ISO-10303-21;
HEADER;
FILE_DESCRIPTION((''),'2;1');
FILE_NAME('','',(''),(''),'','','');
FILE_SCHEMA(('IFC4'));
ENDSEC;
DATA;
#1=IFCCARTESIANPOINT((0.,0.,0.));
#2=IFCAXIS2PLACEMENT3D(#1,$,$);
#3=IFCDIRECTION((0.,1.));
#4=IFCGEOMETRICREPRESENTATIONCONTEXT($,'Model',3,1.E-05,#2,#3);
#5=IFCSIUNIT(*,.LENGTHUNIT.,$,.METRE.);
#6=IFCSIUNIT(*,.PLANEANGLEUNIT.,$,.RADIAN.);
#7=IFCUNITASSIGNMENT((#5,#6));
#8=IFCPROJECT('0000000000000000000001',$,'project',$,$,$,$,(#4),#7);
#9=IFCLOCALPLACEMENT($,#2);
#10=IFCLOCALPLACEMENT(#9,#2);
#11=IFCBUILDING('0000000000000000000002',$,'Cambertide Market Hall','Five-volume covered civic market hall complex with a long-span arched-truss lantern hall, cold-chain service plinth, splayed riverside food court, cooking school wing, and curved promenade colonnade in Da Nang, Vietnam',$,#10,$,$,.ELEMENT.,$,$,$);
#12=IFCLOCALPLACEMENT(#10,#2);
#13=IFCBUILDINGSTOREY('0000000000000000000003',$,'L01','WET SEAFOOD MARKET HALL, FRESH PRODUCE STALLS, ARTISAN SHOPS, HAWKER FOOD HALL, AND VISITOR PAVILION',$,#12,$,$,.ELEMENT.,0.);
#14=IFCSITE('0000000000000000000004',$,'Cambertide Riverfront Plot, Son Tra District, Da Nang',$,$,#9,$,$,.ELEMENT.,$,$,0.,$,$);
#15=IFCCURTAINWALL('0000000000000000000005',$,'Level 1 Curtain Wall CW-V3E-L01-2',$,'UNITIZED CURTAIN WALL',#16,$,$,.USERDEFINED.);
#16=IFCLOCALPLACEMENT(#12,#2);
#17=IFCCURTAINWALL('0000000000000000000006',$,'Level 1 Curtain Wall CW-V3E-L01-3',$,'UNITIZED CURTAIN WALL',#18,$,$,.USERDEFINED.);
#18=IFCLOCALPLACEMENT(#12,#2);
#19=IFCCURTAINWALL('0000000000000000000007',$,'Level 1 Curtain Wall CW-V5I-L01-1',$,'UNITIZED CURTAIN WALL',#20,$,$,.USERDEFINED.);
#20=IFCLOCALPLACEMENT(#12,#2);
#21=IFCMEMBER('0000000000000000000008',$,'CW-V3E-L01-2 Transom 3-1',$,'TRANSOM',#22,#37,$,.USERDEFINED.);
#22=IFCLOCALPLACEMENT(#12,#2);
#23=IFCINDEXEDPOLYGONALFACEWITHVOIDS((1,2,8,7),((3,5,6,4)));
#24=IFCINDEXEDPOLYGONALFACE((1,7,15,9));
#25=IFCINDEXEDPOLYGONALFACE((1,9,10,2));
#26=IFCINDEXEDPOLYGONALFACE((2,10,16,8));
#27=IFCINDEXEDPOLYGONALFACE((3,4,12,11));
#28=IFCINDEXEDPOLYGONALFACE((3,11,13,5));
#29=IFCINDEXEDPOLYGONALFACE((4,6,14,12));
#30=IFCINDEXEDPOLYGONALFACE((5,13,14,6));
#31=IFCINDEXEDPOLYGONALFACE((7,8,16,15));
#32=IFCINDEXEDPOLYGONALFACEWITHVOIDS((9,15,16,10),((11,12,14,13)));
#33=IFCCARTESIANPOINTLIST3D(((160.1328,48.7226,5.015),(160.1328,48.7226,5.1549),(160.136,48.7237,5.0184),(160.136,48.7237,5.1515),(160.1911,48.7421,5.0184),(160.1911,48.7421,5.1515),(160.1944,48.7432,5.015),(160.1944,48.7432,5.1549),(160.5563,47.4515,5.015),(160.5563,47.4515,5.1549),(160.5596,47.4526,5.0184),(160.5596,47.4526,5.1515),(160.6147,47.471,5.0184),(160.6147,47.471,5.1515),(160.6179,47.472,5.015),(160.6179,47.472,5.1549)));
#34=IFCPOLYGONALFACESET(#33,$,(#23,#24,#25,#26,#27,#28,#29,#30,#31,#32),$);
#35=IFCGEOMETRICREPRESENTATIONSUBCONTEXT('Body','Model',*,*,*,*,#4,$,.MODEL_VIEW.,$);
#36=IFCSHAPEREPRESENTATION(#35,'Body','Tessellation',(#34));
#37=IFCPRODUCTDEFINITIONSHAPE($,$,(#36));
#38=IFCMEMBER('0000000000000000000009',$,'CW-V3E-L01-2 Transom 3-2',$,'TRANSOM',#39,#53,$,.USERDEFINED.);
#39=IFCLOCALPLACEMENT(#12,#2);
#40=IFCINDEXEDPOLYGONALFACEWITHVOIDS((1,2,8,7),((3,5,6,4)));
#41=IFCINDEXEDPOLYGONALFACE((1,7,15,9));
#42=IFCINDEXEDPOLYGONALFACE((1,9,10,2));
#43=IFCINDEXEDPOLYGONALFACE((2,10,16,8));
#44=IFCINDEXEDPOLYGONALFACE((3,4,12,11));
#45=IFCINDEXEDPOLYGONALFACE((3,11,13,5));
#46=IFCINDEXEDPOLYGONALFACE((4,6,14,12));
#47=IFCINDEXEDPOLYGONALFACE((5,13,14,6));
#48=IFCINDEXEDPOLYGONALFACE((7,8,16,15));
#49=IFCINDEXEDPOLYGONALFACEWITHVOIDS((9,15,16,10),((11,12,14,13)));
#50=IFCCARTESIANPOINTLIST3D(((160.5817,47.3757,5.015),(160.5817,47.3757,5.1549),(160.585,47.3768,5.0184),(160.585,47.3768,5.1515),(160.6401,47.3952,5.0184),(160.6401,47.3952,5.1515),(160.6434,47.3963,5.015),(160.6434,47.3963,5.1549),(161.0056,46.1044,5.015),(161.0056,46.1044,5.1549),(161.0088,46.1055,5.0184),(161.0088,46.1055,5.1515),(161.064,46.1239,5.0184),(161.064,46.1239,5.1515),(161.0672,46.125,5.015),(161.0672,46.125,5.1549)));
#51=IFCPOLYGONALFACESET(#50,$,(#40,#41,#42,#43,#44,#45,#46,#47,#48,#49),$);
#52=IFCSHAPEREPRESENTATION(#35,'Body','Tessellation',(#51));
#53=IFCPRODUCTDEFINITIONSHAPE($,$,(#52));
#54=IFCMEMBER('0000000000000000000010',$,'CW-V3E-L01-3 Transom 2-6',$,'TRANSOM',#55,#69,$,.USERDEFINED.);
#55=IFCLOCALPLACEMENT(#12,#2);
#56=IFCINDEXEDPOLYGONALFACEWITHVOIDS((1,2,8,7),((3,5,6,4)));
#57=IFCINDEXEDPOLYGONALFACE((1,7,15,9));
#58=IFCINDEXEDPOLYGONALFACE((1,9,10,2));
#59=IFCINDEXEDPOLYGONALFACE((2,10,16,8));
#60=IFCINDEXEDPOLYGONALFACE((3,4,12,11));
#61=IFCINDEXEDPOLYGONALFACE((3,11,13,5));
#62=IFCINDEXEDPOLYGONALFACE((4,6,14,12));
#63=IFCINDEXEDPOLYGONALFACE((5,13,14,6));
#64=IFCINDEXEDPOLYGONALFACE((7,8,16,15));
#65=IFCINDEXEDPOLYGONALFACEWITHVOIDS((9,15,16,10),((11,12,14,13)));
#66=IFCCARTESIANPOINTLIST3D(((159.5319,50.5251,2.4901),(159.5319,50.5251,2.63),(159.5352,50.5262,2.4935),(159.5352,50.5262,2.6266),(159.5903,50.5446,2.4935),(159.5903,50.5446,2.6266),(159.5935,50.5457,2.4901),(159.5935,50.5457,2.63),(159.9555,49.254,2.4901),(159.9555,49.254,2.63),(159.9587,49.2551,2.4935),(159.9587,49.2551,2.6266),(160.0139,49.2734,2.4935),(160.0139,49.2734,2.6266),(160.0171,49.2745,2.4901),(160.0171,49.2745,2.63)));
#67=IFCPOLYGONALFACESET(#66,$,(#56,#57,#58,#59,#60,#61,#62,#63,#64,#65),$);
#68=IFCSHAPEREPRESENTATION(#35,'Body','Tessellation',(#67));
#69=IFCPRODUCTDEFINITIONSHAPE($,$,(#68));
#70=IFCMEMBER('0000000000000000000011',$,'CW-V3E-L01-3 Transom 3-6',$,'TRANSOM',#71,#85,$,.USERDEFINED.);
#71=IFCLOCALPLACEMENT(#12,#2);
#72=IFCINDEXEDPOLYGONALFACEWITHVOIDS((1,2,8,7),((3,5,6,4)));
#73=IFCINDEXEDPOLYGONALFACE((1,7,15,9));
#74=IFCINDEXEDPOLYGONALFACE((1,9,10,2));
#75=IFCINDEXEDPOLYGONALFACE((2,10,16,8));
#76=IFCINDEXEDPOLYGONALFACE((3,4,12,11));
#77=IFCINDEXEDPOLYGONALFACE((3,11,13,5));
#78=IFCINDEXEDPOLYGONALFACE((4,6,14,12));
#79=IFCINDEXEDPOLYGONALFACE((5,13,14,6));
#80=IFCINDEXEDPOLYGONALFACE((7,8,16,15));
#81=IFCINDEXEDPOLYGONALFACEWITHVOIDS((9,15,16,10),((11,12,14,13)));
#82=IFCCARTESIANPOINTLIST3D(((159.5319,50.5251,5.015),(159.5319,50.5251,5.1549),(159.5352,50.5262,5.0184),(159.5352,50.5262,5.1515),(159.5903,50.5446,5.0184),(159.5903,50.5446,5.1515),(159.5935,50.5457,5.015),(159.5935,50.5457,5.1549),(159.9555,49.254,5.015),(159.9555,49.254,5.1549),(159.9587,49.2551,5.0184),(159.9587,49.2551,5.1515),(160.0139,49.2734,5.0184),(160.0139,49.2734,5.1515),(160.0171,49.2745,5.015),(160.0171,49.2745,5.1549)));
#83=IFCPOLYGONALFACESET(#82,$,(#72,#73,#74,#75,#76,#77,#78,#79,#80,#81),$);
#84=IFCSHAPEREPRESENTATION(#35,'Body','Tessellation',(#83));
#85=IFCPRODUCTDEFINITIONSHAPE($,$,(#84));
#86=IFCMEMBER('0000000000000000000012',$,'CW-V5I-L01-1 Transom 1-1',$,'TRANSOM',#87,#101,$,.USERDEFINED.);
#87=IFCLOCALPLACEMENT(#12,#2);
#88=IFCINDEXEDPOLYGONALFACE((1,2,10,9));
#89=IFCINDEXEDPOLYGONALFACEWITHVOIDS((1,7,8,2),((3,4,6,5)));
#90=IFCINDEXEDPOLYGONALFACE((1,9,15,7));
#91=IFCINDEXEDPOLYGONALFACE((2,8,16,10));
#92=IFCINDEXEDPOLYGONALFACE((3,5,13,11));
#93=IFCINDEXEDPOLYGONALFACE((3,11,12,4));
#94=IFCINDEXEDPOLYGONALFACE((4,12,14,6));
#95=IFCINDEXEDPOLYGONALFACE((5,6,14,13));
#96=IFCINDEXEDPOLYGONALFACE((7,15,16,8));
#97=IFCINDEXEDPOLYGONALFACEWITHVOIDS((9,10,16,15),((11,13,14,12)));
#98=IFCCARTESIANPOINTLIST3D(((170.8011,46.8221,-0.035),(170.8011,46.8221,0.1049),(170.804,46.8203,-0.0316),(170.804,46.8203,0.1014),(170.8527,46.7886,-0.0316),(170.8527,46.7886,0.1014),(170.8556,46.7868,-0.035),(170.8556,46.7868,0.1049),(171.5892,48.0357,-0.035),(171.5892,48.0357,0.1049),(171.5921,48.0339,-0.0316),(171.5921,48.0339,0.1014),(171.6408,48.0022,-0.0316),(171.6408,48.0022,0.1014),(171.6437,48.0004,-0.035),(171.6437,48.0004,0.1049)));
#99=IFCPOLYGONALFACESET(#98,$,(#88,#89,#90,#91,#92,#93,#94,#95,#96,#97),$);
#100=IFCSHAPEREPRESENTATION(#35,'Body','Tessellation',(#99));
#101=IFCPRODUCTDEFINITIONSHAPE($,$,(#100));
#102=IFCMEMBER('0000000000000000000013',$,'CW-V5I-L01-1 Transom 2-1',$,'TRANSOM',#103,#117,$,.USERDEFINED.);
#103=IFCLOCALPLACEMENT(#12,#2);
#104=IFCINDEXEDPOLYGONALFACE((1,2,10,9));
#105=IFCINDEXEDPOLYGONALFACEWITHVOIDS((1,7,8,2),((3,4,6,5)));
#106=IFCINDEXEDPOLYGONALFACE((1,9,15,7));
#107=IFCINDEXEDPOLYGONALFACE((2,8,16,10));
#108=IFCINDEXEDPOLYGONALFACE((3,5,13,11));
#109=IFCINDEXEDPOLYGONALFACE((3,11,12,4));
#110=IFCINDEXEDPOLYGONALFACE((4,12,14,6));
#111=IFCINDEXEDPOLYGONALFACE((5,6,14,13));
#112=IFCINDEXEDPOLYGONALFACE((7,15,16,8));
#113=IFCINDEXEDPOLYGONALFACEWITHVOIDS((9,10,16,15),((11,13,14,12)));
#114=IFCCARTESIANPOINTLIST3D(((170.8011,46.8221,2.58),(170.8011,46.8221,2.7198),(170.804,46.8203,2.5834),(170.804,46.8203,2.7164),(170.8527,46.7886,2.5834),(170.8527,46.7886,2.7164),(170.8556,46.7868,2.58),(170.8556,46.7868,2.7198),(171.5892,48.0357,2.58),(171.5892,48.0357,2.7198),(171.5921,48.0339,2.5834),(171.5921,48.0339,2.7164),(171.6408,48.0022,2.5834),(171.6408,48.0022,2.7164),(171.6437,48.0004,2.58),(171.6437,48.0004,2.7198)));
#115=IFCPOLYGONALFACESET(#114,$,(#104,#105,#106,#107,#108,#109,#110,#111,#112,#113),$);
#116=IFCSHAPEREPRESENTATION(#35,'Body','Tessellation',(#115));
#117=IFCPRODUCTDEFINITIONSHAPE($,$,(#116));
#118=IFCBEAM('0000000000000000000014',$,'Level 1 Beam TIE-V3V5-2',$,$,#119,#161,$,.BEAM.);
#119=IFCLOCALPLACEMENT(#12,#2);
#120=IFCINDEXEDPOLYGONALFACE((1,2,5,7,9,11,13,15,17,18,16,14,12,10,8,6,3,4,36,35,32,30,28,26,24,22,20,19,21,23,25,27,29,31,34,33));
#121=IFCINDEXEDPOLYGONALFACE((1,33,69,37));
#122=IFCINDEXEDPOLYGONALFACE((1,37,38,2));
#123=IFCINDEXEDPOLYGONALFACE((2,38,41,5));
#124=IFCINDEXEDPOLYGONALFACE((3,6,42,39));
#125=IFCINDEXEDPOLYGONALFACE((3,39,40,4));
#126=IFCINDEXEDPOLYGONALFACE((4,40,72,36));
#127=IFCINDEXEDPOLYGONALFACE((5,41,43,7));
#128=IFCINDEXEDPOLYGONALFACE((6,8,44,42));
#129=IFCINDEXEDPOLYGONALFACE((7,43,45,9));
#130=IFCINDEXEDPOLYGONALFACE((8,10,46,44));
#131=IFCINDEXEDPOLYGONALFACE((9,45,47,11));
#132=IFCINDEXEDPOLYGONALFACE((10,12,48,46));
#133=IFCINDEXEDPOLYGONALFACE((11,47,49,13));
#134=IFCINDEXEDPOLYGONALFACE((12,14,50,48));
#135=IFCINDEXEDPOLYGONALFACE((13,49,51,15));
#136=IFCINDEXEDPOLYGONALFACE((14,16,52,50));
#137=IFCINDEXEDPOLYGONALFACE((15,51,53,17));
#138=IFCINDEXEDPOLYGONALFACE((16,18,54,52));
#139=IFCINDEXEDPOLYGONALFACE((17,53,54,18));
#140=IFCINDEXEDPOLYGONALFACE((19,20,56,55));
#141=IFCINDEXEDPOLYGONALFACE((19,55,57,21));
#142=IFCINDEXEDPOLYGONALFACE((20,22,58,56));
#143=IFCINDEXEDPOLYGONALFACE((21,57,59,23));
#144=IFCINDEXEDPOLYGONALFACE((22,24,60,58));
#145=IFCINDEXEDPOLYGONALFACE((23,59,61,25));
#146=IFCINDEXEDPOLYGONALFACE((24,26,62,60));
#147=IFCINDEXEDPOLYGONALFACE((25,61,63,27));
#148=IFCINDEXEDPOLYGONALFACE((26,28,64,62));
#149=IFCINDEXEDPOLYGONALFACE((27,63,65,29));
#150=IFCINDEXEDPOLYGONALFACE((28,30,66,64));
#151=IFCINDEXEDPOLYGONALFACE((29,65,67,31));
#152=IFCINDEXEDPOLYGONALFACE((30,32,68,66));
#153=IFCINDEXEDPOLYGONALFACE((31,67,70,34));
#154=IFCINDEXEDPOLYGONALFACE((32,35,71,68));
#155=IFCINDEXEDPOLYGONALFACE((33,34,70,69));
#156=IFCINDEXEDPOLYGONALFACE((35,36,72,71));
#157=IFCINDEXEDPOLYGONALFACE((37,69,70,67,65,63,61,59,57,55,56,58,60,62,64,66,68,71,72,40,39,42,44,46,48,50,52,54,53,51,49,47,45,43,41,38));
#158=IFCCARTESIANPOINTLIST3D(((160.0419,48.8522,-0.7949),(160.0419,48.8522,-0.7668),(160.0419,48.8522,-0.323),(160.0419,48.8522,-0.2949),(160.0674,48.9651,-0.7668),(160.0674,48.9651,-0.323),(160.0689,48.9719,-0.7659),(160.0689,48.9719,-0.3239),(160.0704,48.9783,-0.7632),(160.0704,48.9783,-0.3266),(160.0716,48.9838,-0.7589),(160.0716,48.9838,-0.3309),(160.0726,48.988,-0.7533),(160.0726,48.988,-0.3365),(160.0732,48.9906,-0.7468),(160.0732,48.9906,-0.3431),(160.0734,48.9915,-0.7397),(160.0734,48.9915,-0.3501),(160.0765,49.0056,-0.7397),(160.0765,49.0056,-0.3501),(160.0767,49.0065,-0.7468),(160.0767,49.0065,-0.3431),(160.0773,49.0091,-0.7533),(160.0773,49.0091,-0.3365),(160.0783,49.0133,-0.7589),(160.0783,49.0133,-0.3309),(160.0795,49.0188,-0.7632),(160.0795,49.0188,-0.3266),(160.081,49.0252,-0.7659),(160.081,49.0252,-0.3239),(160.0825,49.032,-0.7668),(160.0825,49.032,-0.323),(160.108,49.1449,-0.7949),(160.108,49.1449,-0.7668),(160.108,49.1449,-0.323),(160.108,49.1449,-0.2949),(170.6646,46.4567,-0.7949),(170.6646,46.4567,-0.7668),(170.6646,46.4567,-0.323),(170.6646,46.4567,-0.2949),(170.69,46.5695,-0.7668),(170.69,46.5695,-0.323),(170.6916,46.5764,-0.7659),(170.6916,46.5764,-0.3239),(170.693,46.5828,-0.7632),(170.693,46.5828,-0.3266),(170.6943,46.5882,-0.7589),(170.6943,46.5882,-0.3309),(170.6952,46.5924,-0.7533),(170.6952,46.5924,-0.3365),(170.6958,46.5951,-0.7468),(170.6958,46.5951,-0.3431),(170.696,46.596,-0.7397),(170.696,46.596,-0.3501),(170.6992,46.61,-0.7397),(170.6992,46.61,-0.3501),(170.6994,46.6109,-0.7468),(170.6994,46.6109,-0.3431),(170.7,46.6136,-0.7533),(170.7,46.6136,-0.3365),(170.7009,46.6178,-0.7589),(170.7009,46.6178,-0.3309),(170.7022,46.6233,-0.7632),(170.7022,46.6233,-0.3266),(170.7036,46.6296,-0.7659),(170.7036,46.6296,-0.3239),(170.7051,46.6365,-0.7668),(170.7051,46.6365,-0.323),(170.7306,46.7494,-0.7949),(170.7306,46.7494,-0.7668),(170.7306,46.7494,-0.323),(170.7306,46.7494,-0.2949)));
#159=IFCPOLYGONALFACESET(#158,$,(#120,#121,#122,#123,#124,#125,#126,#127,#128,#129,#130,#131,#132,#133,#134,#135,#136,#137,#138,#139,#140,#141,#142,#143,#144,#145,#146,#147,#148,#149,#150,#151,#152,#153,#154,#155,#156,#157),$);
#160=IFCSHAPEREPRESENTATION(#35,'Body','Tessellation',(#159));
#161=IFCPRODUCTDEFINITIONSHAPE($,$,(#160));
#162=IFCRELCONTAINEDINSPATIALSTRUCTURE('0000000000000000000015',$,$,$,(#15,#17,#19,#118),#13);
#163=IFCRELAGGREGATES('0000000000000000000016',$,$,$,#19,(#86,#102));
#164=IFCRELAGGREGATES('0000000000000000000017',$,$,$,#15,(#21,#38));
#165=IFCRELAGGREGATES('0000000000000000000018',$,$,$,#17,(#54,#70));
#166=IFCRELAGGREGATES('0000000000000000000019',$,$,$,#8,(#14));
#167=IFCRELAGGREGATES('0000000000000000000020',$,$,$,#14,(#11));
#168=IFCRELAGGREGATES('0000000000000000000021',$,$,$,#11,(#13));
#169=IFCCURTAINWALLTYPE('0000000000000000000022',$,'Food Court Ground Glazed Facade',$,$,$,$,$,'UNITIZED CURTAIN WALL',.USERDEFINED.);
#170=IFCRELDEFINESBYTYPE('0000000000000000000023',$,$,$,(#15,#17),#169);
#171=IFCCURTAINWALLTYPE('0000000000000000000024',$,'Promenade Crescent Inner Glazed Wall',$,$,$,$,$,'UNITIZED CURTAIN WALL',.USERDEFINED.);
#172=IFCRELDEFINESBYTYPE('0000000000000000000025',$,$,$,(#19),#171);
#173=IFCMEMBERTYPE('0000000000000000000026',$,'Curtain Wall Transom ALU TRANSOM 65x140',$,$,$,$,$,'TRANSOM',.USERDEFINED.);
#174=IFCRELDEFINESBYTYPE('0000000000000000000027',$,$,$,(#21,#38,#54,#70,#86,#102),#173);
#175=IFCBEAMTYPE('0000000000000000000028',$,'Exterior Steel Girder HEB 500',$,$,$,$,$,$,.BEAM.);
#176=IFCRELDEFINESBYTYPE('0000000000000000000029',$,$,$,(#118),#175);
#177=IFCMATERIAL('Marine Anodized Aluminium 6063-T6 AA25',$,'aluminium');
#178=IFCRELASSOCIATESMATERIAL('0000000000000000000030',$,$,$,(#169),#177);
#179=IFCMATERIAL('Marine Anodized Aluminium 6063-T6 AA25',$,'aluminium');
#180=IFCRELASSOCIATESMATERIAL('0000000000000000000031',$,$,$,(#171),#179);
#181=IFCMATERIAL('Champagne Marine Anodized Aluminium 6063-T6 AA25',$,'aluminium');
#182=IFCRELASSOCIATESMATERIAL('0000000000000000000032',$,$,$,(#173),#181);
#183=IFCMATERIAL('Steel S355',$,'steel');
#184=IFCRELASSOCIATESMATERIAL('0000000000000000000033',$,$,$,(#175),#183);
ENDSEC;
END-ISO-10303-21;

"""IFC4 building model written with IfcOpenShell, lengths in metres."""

from ifc_helpers import new_model, si_unit, direction, frame, origin, origin_2d, place, context, subcontext, project, spatial, hollow_rectangle, i_section, extrude, material, material_profile, profile_set, type_object, element, aggregate, save


model = new_model("IFC4")

# Units and contexts
model_context = context("Model", 3, precision=1e-05, world=origin(), true_north=direction((0.0, 1.0)))
body_context = subcontext(model_context, "Body", "Model", "MODEL_VIEW")
ifc_project = project(units=[si_unit("LENGTHUNIT", "METRE"), si_unit("PLANEANGLEUNIT", "RADIAN")], contexts=[model_context])

# Site, building, storey
site_placement = place(None, origin())
site = spatial("IfcSite", under=ifc_project, at=site_placement, Name="Cambertide Riverfront Plot, Son Tra District, Da Nang", CompositionType="ELEMENT", RefElevation=0.0)
building_placement = place(site_placement, origin())
building = spatial("IfcBuilding", under=site, at=building_placement, Name="Cambertide Market Hall", Description="Five-volume covered civic market hall complex with a long-span arched-truss lantern hall, cold-chain service plinth, splayed riverside food court, cooking school wing, and curved promenade colonnade in Da Nang, Vietnam", CompositionType="ELEMENT")
storey_placement = place(building_placement, origin())
storey = spatial("IfcBuildingStorey", under=building, at=storey_placement, Name="L01", Description="WET SEAFOOD MARKET HALL, FRESH PRODUCE STALLS, ARTISAN SHOPS, HAWKER FOOD HALL, AND VISITOR PAVILION", CompositionType="ELEMENT", Elevation=0.0)

# Curtain wall
ifc_material_1 = material(Name="Marine Anodized Aluminium 6063-T6 AA25", Category="aluminium")
curtain_wall_type_1 = type_object("IfcCurtainWallType", Name="Food Court Ground Glazed Facade", ElementType="UNITIZED CURTAIN WALL", PredefinedType="USERDEFINED", material=ifc_material_1)
curtain_wall_1_placement = place(storey_placement, origin())
curtain_wall_1 = element("IfcCurtainWall", 1, at=curtain_wall_1_placement, inside=storey, type_object=curtain_wall_type_1, Name="Level 1 Curtain Wall CW-V3E-L01-2", ObjectType="UNITIZED CURTAIN WALL", PredefinedType="USERDEFINED")

# Curtain walls
curtain_wall_2_placement = place(storey_placement, origin())
curtain_wall_2 = element("IfcCurtainWall", 2, at=curtain_wall_2_placement, inside=storey, type_object=curtain_wall_type_1, Name="Level 1 Curtain Wall CW-V3E-L01-3", ObjectType="UNITIZED CURTAIN WALL", PredefinedType="USERDEFINED")
ifc_material_2 = material(Name="Marine Anodized Aluminium 6063-T6 AA25", Category="aluminium")
curtain_wall_type_2 = type_object("IfcCurtainWallType", Name="Promenade Crescent Inner Glazed Wall", ElementType="UNITIZED CURTAIN WALL", PredefinedType="USERDEFINED", material=ifc_material_2)
curtain_wall_3_placement = place(storey_placement, origin())
curtain_wall_3 = element("IfcCurtainWall", 3, at=curtain_wall_3_placement, inside=storey, type_object=curtain_wall_type_2, Name="Level 1 Curtain Wall CW-V5I-L01-1", ObjectType="UNITIZED CURTAIN WALL", PredefinedType="USERDEFINED")

# Members
ifc_material_3 = material(Name="Champagne Marine Anodized Aluminium 6063-T6 AA25", Category="aluminium")
ifc_material_profile_1 = material_profile(ifc_material_3, hollow_rectangle(XDim=0.0649, YDim=0.1399, WallThickness=0.0034, at=origin_2d()), Name="ALU TRANSOM 65x140")
ifc_profile_set_1 = profile_set([ifc_material_profile_1], Name="Champagne Marine Anodized Aluminium 6063-T6 AA25")
member_type_1 = type_object("IfcMemberType", Name="Curtain Wall Transom ALU TRANSOM 65x140", ElementType="TRANSOM", PredefinedType="USERDEFINED", material=ifc_profile_set_1)
member_1_placement = place(storey_placement, frame((160.1636, 48.7329, 5.085), z_axis=(0.316118, -0.94872, 0.0), x_axis=(0.94872, 0.316118, 0.0)))
member_1 = element("IfcMember", 4, at=member_1_placement, type_object=member_type_1, Name="CW-V3E-L01-2 Transom 3-1", ObjectType="TRANSOM", PredefinedType="USERDEFINED", context=body_context, shape_type="SweptSolid", body=[
    extrude(hollow_rectangle(XDim=0.0649, YDim=0.1399, WallThickness=0.0034, at=origin_2d()), origin(), (0.0, 0.0, 1.0), 1.3398),
])
member_2_placement = place(storey_placement, frame((160.6125, 47.386, 5.085), z_axis=(0.316282, -0.948665, 0.0), x_axis=(0.948665, 0.316282, 0.0)))
member_2 = element("IfcMember", 5, at=member_2_placement, type_object=member_type_1, Name="CW-V3E-L01-2 Transom 3-2", ObjectType="TRANSOM", PredefinedType="USERDEFINED", context=body_context, shape_type="SweptSolid", body=[
    extrude(hollow_rectangle(XDim=0.0649, YDim=0.1399, WallThickness=0.0034, at=origin_2d()), origin(), (0.0, 0.0, 1.0), 1.3401),
])
member_3_placement = place(storey_placement, frame((159.5627, 50.5354, 2.5601), z_axis=(0.316118, -0.94872, 0.0), x_axis=(0.94872, 0.316118, 0.0)))
member_3 = element("IfcMember", 6, at=member_3_placement, type_object=member_type_1, Name="CW-V3E-L01-3 Transom 2-6", ObjectType="TRANSOM", PredefinedType="USERDEFINED", context=body_context, shape_type="SweptSolid", body=[
    extrude(hollow_rectangle(XDim=0.0649, YDim=0.1399, WallThickness=0.0034, at=origin_2d()), origin(), (0.0, 0.0, 1.0), 1.3398),
])
member_4_placement = place(storey_placement, frame((159.5627, 50.5354, 5.085), z_axis=(0.316118, -0.94872, 0.0), x_axis=(0.94872, 0.316118, 0.0)))
member_4 = element("IfcMember", 7, at=member_4_placement, type_object=member_type_1, Name="CW-V3E-L01-3 Transom 3-6", ObjectType="TRANSOM", PredefinedType="USERDEFINED", context=body_context, shape_type="SweptSolid", body=[
    extrude(hollow_rectangle(XDim=0.0649, YDim=0.1399, WallThickness=0.0034, at=origin_2d()), origin(), (0.0, 0.0, 1.0), 1.3398),
])
member_5_placement = place(storey_placement, frame((170.8284, 46.8044, 0.0349), z_axis=(0.544615, 0.838686, 0.0), x_axis=(-0.838686, 0.544615, 0.0)))
member_5 = element("IfcMember", 8, at=member_5_placement, type_object=member_type_1, Name="CW-V5I-L01-1 Transom 1-1", ObjectType="TRANSOM", PredefinedType="USERDEFINED", context=body_context, shape_type="SweptSolid", body=[
    extrude(hollow_rectangle(XDim=0.0649, YDim=0.1399, WallThickness=0.0034, at=origin_2d()), origin(), (0.0, 0.0, 1.0), 1.447),
])
member_6_placement = place(storey_placement, frame((170.8284, 46.8044, 2.6499), z_axis=(0.544615, 0.838686, 0.0), x_axis=(-0.838686, 0.544615, 0.0)))
member_6 = element("IfcMember", 9, at=member_6_placement, type_object=member_type_1, Name="CW-V5I-L01-1 Transom 2-1", ObjectType="TRANSOM", PredefinedType="USERDEFINED", context=body_context, shape_type="SweptSolid", body=[
    extrude(hollow_rectangle(XDim=0.0649, YDim=0.1399, WallThickness=0.0034, at=origin_2d()), origin(), (0.0, 0.0, 1.0), 1.447),
])
aggregate(curtain_wall_3, [member_5, member_6])

# Beam
ifc_material_4 = material(Name="Steel S355", Category="steel")
ifc_material_profile_2 = material_profile(ifc_material_4, i_section(OverallWidth=0.3, OverallDepth=0.5, WebThickness=0.0144, FlangeThickness=0.0281, FilletRadius=0.0271, at=origin_2d()), Name="HEB 500")
ifc_profile_set_2 = profile_set([ifc_material_profile_2], Name="Steel S355")
beam_type_1 = type_object("IfcBeamType", Name="Exterior Steel Girder HEB 500", PredefinedType="BEAM", material=ifc_profile_set_2)
beam_1_placement = place(storey_placement, frame((160.075, 48.9985, -0.5449), z_axis=(0.975503, -0.219987, 0.0), x_axis=(0.219987, 0.975503, 0.0)))
element("IfcBeam", 10, at=beam_1_placement, inside=storey, type_object=beam_type_1, Name="Level 1 Beam TIE-V3V5-2", PredefinedType="BEAM", context=body_context, shape_type="SweptSolid", body=[
    extrude(i_section(OverallWidth=0.3, OverallDepth=0.5, WebThickness=0.0144, FlangeThickness=0.0281, FilletRadius=0.0271, at=origin_2d()), origin(), (0.0, 0.0, 1.0), 10.8894),
])

aggregate(curtain_wall_1, [member_1, member_2])
aggregate(curtain_wall_2, [member_3, member_4])

save(model, "model.ifc")
